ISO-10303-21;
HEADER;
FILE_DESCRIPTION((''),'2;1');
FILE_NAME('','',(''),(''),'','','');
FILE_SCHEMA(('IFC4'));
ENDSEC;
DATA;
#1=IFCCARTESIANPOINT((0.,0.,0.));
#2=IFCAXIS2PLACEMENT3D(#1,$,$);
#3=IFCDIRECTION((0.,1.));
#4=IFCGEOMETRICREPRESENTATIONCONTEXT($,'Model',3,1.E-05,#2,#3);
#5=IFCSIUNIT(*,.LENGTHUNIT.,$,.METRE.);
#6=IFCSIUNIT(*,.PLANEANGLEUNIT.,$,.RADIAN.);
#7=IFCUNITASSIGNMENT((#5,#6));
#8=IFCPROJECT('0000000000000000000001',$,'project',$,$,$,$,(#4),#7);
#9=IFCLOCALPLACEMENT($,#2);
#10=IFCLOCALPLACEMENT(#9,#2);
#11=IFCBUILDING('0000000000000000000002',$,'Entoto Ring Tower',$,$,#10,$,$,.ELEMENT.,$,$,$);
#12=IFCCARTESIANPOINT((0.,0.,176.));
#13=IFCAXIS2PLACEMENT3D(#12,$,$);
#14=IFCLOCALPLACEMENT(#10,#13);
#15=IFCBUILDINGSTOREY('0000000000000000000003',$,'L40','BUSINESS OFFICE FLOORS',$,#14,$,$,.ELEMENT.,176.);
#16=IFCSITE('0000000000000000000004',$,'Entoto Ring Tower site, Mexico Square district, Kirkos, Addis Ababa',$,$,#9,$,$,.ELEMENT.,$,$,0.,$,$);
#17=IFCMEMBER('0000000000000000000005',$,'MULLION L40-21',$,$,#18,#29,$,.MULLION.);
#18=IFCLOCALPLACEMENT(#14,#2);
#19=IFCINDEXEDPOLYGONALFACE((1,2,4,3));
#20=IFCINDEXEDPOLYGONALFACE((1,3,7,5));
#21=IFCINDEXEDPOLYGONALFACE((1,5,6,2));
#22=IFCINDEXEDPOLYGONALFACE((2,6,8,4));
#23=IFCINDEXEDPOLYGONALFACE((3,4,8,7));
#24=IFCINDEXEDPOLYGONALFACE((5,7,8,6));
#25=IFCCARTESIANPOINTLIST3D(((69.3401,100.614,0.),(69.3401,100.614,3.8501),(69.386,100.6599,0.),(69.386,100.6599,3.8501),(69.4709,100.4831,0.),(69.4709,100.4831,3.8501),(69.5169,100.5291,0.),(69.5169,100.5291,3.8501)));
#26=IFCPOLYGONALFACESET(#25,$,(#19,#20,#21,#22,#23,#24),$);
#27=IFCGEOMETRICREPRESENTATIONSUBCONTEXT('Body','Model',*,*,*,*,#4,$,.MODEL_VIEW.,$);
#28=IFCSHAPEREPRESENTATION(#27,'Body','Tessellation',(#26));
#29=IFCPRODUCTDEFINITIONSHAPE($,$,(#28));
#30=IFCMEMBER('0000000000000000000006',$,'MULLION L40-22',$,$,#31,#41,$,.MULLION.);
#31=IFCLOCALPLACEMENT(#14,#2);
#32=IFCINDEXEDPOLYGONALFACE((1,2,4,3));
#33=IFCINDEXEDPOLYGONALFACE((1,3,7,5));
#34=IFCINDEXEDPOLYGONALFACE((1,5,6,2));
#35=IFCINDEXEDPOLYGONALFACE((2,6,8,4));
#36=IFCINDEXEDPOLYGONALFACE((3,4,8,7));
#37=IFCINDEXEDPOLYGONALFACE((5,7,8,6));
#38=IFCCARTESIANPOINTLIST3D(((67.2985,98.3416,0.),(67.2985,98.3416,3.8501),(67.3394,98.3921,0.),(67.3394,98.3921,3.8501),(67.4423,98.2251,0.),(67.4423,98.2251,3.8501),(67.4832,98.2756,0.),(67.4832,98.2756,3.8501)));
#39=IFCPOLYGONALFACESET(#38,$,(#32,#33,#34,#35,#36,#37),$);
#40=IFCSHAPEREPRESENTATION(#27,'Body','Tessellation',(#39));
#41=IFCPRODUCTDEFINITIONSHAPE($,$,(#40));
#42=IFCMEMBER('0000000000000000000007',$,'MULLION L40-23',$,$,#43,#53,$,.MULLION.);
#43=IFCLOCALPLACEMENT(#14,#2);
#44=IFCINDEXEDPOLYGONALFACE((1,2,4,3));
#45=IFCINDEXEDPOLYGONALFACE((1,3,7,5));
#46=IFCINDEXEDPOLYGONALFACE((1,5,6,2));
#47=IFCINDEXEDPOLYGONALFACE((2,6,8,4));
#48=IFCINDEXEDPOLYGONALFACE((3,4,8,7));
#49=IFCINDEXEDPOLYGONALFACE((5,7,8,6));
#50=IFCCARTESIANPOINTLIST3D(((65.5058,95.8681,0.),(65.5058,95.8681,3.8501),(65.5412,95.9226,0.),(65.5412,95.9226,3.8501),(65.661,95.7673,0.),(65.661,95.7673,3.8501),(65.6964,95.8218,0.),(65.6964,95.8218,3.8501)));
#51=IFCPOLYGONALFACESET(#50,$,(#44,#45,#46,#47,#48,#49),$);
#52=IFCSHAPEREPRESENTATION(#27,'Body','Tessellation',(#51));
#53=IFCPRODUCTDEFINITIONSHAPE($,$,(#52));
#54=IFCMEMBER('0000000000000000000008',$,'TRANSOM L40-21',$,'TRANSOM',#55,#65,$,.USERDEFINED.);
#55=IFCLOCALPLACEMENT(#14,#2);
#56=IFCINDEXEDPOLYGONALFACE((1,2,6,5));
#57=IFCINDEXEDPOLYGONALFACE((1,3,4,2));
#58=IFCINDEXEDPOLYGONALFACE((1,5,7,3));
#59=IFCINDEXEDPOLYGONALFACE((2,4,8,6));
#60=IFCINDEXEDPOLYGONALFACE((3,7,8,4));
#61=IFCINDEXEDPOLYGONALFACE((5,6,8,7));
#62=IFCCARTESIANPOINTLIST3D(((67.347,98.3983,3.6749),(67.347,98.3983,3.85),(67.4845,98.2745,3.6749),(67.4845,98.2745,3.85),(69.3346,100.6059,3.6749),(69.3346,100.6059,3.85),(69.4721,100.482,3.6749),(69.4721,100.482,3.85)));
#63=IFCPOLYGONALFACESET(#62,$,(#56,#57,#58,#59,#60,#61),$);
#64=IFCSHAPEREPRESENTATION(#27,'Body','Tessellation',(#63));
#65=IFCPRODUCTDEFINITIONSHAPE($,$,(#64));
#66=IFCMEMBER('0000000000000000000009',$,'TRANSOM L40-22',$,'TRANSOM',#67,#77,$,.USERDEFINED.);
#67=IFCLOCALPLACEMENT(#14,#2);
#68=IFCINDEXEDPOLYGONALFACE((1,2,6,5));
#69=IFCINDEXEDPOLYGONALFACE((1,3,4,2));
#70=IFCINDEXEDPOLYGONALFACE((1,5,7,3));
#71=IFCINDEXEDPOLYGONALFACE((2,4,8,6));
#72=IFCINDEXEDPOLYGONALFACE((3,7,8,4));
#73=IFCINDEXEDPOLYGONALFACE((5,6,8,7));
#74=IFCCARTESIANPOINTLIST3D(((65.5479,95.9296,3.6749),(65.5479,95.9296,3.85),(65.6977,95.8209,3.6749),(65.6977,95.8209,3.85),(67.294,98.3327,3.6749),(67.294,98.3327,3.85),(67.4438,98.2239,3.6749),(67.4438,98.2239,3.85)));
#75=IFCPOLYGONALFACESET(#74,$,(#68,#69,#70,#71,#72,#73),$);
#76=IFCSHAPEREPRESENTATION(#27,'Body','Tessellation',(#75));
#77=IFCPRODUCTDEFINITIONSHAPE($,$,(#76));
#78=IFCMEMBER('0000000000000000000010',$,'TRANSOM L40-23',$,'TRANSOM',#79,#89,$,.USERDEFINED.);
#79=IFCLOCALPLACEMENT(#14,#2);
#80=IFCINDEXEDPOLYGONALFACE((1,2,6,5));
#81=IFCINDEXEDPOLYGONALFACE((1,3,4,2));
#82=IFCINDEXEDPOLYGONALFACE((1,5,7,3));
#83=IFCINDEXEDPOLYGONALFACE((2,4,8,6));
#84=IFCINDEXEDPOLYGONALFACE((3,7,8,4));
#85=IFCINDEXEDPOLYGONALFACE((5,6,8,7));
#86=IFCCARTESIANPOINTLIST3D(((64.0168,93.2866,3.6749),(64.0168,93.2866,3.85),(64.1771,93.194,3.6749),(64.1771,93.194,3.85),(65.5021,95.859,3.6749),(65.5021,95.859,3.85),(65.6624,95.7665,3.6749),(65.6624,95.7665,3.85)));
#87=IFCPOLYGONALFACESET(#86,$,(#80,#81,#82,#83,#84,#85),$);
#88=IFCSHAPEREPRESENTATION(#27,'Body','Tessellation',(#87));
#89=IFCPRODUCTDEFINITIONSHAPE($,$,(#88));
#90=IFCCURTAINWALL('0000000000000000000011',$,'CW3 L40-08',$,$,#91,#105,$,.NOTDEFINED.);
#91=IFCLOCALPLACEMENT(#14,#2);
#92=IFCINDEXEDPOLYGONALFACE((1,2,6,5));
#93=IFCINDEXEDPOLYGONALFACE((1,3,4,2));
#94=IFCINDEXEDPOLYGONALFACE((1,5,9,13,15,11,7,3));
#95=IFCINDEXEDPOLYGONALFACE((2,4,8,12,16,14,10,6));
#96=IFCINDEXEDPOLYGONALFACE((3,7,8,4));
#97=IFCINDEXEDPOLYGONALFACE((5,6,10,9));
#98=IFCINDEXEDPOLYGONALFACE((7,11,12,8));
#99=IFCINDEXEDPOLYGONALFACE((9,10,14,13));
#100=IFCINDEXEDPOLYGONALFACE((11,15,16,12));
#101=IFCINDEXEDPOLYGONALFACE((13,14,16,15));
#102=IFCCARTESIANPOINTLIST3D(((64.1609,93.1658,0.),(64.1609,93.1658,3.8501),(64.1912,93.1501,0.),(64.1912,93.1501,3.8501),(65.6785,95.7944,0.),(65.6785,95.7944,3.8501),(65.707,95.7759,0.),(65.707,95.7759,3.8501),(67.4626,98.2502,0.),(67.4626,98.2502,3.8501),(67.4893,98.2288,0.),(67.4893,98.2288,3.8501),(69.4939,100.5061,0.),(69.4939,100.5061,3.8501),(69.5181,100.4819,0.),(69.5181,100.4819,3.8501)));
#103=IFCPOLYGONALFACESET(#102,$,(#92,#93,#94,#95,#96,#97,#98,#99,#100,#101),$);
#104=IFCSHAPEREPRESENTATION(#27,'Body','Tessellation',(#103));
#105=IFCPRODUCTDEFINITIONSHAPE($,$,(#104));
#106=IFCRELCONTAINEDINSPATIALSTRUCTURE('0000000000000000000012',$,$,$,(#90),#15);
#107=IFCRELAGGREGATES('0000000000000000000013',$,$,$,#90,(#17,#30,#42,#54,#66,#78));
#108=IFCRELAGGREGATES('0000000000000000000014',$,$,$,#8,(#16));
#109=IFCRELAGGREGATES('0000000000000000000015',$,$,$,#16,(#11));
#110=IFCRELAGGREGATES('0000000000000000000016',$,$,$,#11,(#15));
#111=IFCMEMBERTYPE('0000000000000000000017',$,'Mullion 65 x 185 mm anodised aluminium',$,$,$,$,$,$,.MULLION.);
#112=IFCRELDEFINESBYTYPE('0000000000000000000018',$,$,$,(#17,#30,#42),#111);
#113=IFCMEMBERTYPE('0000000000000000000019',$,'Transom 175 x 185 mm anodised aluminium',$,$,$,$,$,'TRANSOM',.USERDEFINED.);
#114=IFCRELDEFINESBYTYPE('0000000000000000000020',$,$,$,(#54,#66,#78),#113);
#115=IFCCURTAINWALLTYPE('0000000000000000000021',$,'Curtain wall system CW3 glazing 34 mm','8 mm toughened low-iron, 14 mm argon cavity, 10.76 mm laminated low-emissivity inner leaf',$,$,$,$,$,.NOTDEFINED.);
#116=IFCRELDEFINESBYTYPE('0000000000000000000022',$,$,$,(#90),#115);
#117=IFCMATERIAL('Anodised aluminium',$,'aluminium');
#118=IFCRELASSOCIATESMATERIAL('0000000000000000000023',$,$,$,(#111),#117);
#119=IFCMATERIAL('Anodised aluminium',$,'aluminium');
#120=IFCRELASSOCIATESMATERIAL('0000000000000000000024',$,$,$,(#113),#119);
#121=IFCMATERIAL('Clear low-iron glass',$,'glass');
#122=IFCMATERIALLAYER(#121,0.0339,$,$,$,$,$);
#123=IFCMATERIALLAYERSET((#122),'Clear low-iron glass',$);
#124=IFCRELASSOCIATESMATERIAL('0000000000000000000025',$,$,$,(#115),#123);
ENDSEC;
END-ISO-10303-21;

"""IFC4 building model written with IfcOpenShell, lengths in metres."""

from ifc_helpers import new_model, si_unit, direction, frame, origin, origin_2d, place, context, subcontext, project, spatial, polyline, rectangle, outline, extrude, material, layer, layer_set, material_profile, profile_set, type_object, element, aggregate, save


model = new_model("IFC4")

# Units and contexts
model_context = context("Model", 3, precision=1e-05, world=origin(), true_north=direction((0.0, 1.0)))
body_context = subcontext(model_context, "Body", "Model", "MODEL_VIEW")
ifc_project = project(units=[si_unit("LENGTHUNIT", "METRE"), si_unit("PLANEANGLEUNIT", "RADIAN")], contexts=[model_context])

# Members
ifc_material_1 = material(Name="Anodised aluminium", Category="aluminium")
ifc_material_profile_1 = material_profile(ifc_material_1, rectangle(XDim=0.0649, YDim=0.1851, at=origin_2d()), Name="Mullion 65 x 185 mm anodised aluminium")
ifc_profile_set_1 = profile_set([ifc_material_profile_1], Name="Anodised aluminium")
member_type_1 = type_object("IfcMemberType", Name="Mullion 65 x 185 mm anodised aluminium", PredefinedType="MULLION", material=ifc_profile_set_1)
site_placement = place(None, origin())
building_placement = place(site_placement, origin())
storey_placement = place(building_placement, frame((0.0, 0.0, 176.0)))
member_1_placement = place(storey_placement, frame((69.4285, 100.5715, 0.0), z_axis=(0.0, 0.0, 1.0), x_axis=(-0.707107, -0.707107, 0.0)))
member_1 = element("IfcMember", 1, at=member_1_placement, type_object=member_type_1, Name="MULLION L40-21", PredefinedType="MULLION", context=body_context, shape_type="SweptSolid", body=[
    extrude(rectangle(XDim=0.0649, YDim=0.1851, at=origin_2d()), origin(), (0.0, 0.0, 1.0), 3.8501),
])
member_2_placement = place(storey_placement, frame((67.3909, 98.3086, 0.0), z_axis=(0.0, 0.0, 1.0), x_axis=(-0.62932, -0.777146, 0.0)))
member_2 = element("IfcMember", 2, at=member_2_placement, type_object=member_type_1, Name="MULLION L40-22", PredefinedType="MULLION", context=body_context, shape_type="SweptSolid", body=[
    extrude(rectangle(XDim=0.0649, YDim=0.1851, at=origin_2d()), origin(), (0.0, 0.0, 1.0), 3.8501),
])
member_3_placement = place(storey_placement, frame((65.6011, 95.845, 0.0), z_axis=(0.0, 0.0, 1.0), x_axis=(-0.544639, -0.838671, 0.0)))
member_3 = element("IfcMember", 3, at=member_3_placement, type_object=member_type_1, Name="MULLION L40-23", PredefinedType="MULLION", context=body_context, shape_type="SweptSolid", body=[
    extrude(rectangle(XDim=0.0649, YDim=0.1851, at=origin_2d()), origin(), (0.0, 0.0, 1.0), 3.8501),
])
ifc_material_2 = material(Name="Anodised aluminium", Category="aluminium")
ifc_material_profile_2 = material_profile(ifc_material_2, rectangle(XDim=0.1851, YDim=0.175, at=origin_2d()), Name="Transom 175 x 185 mm anodised aluminium")
ifc_profile_set_2 = profile_set([ifc_material_profile_2], Name="Anodised aluminium")
member_type_2 = type_object("IfcMemberType", Name="Transom 175 x 185 mm anodised aluminium", ElementType="TRANSOM", PredefinedType="USERDEFINED", material=ifc_profile_set_2)
member_4_placement = place(storey_placement, frame((69.4033, 100.5439, 3.7625), z_axis=(-0.66911, -0.743163, 0.0), x_axis=(0.743163, -0.66911, 0.0)))
member_4 = element("IfcMember", 4, at=member_4_placement, type_object=member_type_2, Name="TRANSOM L40-21", ObjectType="TRANSOM", PredefinedType="USERDEFINED", context=body_context, shape_type="SweptSolid", body=[
    extrude(rectangle(XDim=0.1851, YDim=0.175, at=origin_2d()), origin(), (0.0, 0.0, 1.0), 2.9705),
])
member_5_placement = place(storey_placement, frame((67.3689, 98.2783, 3.7625), z_axis=(-0.58782, -0.808992, 0.0), x_axis=(0.808992, -0.58782, 0.0)))
member_5 = element("IfcMember", 5, at=member_5_placement, type_object=member_type_2, Name="TRANSOM L40-22", ObjectType="TRANSOM", PredefinedType="USERDEFINED", context=body_context, shape_type="SweptSolid", body=[
    extrude(rectangle(XDim=0.1851, YDim=0.175, at=origin_2d()), origin(), (0.0, 0.0, 1.0), 2.9705),
])
member_6_placement = place(storey_placement, frame((65.5823, 95.8127, 3.7625), z_axis=(-0.500028, -0.866009, 0.0), x_axis=(0.866009, -0.500028, 0.0)))
member_6 = element("IfcMember", 6, at=member_6_placement, type_object=member_type_2, Name="TRANSOM L40-23", ObjectType="TRANSOM", PredefinedType="USERDEFINED", context=body_context, shape_type="SweptSolid", body=[
    extrude(rectangle(XDim=0.1851, YDim=0.175, at=origin_2d()), origin(), (0.0, 0.0, 1.0), 2.9705),
])

# Site, building, storey
site = spatial("IfcSite", under=ifc_project, at=site_placement, Name="Entoto Ring Tower site, Mexico Square district, Kirkos, Addis Ababa", CompositionType="ELEMENT", RefElevation=0.0)
building = spatial("IfcBuilding", under=site, at=building_placement, Name="Entoto Ring Tower", CompositionType="ELEMENT")
storey = spatial("IfcBuildingStorey", under=building, at=storey_placement, Name="L40", Description="BUSINESS OFFICE FLOORS", CompositionType="ELEMENT", Elevation=176.0)

# Curtain wall
ifc_material_3 = material(Name="Clear low-iron glass", Category="glass")
ifc_layer = layer(ifc_material_3, 0.0339)
ifc_layer_set = layer_set([ifc_layer], Name="Clear low-iron glass")
curtain_wall_type = type_object("IfcCurtainWallType", Name="Curtain wall system CW3 glazing 34 mm", Description="8 mm toughened low-iron, 14 mm argon cavity, 10.76 mm laminated low-emissivity inner leaf", PredefinedType="NOTDEFINED", material=ifc_layer_set)
curtain_wall_1_placement = place(storey_placement, origin())
curtain_wall_1 = element("IfcCurtainWall", 7, at=curtain_wall_1_placement, inside=storey, type_object=curtain_wall_type, Name="CW3 L40-08", PredefinedType="NOTDEFINED", context=body_context, shape_type="SweptSolid", body=[
    extrude(outline(polyline([(69.4939, 100.5061), (67.4626, 98.2502), (65.6785, 95.7944), (64.1609, 93.1658), (64.1912, 93.1501), (65.707, 95.7759), (67.4893, 98.2288), (69.5181, 100.4819), (69.4939, 100.5061)])), origin(), (0.0, 0.0, 1.0), 3.8501),
])
aggregate(curtain_wall_1, [member_1, member_2, member_3, member_4, member_5, member_6])

save(model, "model.ifc")
